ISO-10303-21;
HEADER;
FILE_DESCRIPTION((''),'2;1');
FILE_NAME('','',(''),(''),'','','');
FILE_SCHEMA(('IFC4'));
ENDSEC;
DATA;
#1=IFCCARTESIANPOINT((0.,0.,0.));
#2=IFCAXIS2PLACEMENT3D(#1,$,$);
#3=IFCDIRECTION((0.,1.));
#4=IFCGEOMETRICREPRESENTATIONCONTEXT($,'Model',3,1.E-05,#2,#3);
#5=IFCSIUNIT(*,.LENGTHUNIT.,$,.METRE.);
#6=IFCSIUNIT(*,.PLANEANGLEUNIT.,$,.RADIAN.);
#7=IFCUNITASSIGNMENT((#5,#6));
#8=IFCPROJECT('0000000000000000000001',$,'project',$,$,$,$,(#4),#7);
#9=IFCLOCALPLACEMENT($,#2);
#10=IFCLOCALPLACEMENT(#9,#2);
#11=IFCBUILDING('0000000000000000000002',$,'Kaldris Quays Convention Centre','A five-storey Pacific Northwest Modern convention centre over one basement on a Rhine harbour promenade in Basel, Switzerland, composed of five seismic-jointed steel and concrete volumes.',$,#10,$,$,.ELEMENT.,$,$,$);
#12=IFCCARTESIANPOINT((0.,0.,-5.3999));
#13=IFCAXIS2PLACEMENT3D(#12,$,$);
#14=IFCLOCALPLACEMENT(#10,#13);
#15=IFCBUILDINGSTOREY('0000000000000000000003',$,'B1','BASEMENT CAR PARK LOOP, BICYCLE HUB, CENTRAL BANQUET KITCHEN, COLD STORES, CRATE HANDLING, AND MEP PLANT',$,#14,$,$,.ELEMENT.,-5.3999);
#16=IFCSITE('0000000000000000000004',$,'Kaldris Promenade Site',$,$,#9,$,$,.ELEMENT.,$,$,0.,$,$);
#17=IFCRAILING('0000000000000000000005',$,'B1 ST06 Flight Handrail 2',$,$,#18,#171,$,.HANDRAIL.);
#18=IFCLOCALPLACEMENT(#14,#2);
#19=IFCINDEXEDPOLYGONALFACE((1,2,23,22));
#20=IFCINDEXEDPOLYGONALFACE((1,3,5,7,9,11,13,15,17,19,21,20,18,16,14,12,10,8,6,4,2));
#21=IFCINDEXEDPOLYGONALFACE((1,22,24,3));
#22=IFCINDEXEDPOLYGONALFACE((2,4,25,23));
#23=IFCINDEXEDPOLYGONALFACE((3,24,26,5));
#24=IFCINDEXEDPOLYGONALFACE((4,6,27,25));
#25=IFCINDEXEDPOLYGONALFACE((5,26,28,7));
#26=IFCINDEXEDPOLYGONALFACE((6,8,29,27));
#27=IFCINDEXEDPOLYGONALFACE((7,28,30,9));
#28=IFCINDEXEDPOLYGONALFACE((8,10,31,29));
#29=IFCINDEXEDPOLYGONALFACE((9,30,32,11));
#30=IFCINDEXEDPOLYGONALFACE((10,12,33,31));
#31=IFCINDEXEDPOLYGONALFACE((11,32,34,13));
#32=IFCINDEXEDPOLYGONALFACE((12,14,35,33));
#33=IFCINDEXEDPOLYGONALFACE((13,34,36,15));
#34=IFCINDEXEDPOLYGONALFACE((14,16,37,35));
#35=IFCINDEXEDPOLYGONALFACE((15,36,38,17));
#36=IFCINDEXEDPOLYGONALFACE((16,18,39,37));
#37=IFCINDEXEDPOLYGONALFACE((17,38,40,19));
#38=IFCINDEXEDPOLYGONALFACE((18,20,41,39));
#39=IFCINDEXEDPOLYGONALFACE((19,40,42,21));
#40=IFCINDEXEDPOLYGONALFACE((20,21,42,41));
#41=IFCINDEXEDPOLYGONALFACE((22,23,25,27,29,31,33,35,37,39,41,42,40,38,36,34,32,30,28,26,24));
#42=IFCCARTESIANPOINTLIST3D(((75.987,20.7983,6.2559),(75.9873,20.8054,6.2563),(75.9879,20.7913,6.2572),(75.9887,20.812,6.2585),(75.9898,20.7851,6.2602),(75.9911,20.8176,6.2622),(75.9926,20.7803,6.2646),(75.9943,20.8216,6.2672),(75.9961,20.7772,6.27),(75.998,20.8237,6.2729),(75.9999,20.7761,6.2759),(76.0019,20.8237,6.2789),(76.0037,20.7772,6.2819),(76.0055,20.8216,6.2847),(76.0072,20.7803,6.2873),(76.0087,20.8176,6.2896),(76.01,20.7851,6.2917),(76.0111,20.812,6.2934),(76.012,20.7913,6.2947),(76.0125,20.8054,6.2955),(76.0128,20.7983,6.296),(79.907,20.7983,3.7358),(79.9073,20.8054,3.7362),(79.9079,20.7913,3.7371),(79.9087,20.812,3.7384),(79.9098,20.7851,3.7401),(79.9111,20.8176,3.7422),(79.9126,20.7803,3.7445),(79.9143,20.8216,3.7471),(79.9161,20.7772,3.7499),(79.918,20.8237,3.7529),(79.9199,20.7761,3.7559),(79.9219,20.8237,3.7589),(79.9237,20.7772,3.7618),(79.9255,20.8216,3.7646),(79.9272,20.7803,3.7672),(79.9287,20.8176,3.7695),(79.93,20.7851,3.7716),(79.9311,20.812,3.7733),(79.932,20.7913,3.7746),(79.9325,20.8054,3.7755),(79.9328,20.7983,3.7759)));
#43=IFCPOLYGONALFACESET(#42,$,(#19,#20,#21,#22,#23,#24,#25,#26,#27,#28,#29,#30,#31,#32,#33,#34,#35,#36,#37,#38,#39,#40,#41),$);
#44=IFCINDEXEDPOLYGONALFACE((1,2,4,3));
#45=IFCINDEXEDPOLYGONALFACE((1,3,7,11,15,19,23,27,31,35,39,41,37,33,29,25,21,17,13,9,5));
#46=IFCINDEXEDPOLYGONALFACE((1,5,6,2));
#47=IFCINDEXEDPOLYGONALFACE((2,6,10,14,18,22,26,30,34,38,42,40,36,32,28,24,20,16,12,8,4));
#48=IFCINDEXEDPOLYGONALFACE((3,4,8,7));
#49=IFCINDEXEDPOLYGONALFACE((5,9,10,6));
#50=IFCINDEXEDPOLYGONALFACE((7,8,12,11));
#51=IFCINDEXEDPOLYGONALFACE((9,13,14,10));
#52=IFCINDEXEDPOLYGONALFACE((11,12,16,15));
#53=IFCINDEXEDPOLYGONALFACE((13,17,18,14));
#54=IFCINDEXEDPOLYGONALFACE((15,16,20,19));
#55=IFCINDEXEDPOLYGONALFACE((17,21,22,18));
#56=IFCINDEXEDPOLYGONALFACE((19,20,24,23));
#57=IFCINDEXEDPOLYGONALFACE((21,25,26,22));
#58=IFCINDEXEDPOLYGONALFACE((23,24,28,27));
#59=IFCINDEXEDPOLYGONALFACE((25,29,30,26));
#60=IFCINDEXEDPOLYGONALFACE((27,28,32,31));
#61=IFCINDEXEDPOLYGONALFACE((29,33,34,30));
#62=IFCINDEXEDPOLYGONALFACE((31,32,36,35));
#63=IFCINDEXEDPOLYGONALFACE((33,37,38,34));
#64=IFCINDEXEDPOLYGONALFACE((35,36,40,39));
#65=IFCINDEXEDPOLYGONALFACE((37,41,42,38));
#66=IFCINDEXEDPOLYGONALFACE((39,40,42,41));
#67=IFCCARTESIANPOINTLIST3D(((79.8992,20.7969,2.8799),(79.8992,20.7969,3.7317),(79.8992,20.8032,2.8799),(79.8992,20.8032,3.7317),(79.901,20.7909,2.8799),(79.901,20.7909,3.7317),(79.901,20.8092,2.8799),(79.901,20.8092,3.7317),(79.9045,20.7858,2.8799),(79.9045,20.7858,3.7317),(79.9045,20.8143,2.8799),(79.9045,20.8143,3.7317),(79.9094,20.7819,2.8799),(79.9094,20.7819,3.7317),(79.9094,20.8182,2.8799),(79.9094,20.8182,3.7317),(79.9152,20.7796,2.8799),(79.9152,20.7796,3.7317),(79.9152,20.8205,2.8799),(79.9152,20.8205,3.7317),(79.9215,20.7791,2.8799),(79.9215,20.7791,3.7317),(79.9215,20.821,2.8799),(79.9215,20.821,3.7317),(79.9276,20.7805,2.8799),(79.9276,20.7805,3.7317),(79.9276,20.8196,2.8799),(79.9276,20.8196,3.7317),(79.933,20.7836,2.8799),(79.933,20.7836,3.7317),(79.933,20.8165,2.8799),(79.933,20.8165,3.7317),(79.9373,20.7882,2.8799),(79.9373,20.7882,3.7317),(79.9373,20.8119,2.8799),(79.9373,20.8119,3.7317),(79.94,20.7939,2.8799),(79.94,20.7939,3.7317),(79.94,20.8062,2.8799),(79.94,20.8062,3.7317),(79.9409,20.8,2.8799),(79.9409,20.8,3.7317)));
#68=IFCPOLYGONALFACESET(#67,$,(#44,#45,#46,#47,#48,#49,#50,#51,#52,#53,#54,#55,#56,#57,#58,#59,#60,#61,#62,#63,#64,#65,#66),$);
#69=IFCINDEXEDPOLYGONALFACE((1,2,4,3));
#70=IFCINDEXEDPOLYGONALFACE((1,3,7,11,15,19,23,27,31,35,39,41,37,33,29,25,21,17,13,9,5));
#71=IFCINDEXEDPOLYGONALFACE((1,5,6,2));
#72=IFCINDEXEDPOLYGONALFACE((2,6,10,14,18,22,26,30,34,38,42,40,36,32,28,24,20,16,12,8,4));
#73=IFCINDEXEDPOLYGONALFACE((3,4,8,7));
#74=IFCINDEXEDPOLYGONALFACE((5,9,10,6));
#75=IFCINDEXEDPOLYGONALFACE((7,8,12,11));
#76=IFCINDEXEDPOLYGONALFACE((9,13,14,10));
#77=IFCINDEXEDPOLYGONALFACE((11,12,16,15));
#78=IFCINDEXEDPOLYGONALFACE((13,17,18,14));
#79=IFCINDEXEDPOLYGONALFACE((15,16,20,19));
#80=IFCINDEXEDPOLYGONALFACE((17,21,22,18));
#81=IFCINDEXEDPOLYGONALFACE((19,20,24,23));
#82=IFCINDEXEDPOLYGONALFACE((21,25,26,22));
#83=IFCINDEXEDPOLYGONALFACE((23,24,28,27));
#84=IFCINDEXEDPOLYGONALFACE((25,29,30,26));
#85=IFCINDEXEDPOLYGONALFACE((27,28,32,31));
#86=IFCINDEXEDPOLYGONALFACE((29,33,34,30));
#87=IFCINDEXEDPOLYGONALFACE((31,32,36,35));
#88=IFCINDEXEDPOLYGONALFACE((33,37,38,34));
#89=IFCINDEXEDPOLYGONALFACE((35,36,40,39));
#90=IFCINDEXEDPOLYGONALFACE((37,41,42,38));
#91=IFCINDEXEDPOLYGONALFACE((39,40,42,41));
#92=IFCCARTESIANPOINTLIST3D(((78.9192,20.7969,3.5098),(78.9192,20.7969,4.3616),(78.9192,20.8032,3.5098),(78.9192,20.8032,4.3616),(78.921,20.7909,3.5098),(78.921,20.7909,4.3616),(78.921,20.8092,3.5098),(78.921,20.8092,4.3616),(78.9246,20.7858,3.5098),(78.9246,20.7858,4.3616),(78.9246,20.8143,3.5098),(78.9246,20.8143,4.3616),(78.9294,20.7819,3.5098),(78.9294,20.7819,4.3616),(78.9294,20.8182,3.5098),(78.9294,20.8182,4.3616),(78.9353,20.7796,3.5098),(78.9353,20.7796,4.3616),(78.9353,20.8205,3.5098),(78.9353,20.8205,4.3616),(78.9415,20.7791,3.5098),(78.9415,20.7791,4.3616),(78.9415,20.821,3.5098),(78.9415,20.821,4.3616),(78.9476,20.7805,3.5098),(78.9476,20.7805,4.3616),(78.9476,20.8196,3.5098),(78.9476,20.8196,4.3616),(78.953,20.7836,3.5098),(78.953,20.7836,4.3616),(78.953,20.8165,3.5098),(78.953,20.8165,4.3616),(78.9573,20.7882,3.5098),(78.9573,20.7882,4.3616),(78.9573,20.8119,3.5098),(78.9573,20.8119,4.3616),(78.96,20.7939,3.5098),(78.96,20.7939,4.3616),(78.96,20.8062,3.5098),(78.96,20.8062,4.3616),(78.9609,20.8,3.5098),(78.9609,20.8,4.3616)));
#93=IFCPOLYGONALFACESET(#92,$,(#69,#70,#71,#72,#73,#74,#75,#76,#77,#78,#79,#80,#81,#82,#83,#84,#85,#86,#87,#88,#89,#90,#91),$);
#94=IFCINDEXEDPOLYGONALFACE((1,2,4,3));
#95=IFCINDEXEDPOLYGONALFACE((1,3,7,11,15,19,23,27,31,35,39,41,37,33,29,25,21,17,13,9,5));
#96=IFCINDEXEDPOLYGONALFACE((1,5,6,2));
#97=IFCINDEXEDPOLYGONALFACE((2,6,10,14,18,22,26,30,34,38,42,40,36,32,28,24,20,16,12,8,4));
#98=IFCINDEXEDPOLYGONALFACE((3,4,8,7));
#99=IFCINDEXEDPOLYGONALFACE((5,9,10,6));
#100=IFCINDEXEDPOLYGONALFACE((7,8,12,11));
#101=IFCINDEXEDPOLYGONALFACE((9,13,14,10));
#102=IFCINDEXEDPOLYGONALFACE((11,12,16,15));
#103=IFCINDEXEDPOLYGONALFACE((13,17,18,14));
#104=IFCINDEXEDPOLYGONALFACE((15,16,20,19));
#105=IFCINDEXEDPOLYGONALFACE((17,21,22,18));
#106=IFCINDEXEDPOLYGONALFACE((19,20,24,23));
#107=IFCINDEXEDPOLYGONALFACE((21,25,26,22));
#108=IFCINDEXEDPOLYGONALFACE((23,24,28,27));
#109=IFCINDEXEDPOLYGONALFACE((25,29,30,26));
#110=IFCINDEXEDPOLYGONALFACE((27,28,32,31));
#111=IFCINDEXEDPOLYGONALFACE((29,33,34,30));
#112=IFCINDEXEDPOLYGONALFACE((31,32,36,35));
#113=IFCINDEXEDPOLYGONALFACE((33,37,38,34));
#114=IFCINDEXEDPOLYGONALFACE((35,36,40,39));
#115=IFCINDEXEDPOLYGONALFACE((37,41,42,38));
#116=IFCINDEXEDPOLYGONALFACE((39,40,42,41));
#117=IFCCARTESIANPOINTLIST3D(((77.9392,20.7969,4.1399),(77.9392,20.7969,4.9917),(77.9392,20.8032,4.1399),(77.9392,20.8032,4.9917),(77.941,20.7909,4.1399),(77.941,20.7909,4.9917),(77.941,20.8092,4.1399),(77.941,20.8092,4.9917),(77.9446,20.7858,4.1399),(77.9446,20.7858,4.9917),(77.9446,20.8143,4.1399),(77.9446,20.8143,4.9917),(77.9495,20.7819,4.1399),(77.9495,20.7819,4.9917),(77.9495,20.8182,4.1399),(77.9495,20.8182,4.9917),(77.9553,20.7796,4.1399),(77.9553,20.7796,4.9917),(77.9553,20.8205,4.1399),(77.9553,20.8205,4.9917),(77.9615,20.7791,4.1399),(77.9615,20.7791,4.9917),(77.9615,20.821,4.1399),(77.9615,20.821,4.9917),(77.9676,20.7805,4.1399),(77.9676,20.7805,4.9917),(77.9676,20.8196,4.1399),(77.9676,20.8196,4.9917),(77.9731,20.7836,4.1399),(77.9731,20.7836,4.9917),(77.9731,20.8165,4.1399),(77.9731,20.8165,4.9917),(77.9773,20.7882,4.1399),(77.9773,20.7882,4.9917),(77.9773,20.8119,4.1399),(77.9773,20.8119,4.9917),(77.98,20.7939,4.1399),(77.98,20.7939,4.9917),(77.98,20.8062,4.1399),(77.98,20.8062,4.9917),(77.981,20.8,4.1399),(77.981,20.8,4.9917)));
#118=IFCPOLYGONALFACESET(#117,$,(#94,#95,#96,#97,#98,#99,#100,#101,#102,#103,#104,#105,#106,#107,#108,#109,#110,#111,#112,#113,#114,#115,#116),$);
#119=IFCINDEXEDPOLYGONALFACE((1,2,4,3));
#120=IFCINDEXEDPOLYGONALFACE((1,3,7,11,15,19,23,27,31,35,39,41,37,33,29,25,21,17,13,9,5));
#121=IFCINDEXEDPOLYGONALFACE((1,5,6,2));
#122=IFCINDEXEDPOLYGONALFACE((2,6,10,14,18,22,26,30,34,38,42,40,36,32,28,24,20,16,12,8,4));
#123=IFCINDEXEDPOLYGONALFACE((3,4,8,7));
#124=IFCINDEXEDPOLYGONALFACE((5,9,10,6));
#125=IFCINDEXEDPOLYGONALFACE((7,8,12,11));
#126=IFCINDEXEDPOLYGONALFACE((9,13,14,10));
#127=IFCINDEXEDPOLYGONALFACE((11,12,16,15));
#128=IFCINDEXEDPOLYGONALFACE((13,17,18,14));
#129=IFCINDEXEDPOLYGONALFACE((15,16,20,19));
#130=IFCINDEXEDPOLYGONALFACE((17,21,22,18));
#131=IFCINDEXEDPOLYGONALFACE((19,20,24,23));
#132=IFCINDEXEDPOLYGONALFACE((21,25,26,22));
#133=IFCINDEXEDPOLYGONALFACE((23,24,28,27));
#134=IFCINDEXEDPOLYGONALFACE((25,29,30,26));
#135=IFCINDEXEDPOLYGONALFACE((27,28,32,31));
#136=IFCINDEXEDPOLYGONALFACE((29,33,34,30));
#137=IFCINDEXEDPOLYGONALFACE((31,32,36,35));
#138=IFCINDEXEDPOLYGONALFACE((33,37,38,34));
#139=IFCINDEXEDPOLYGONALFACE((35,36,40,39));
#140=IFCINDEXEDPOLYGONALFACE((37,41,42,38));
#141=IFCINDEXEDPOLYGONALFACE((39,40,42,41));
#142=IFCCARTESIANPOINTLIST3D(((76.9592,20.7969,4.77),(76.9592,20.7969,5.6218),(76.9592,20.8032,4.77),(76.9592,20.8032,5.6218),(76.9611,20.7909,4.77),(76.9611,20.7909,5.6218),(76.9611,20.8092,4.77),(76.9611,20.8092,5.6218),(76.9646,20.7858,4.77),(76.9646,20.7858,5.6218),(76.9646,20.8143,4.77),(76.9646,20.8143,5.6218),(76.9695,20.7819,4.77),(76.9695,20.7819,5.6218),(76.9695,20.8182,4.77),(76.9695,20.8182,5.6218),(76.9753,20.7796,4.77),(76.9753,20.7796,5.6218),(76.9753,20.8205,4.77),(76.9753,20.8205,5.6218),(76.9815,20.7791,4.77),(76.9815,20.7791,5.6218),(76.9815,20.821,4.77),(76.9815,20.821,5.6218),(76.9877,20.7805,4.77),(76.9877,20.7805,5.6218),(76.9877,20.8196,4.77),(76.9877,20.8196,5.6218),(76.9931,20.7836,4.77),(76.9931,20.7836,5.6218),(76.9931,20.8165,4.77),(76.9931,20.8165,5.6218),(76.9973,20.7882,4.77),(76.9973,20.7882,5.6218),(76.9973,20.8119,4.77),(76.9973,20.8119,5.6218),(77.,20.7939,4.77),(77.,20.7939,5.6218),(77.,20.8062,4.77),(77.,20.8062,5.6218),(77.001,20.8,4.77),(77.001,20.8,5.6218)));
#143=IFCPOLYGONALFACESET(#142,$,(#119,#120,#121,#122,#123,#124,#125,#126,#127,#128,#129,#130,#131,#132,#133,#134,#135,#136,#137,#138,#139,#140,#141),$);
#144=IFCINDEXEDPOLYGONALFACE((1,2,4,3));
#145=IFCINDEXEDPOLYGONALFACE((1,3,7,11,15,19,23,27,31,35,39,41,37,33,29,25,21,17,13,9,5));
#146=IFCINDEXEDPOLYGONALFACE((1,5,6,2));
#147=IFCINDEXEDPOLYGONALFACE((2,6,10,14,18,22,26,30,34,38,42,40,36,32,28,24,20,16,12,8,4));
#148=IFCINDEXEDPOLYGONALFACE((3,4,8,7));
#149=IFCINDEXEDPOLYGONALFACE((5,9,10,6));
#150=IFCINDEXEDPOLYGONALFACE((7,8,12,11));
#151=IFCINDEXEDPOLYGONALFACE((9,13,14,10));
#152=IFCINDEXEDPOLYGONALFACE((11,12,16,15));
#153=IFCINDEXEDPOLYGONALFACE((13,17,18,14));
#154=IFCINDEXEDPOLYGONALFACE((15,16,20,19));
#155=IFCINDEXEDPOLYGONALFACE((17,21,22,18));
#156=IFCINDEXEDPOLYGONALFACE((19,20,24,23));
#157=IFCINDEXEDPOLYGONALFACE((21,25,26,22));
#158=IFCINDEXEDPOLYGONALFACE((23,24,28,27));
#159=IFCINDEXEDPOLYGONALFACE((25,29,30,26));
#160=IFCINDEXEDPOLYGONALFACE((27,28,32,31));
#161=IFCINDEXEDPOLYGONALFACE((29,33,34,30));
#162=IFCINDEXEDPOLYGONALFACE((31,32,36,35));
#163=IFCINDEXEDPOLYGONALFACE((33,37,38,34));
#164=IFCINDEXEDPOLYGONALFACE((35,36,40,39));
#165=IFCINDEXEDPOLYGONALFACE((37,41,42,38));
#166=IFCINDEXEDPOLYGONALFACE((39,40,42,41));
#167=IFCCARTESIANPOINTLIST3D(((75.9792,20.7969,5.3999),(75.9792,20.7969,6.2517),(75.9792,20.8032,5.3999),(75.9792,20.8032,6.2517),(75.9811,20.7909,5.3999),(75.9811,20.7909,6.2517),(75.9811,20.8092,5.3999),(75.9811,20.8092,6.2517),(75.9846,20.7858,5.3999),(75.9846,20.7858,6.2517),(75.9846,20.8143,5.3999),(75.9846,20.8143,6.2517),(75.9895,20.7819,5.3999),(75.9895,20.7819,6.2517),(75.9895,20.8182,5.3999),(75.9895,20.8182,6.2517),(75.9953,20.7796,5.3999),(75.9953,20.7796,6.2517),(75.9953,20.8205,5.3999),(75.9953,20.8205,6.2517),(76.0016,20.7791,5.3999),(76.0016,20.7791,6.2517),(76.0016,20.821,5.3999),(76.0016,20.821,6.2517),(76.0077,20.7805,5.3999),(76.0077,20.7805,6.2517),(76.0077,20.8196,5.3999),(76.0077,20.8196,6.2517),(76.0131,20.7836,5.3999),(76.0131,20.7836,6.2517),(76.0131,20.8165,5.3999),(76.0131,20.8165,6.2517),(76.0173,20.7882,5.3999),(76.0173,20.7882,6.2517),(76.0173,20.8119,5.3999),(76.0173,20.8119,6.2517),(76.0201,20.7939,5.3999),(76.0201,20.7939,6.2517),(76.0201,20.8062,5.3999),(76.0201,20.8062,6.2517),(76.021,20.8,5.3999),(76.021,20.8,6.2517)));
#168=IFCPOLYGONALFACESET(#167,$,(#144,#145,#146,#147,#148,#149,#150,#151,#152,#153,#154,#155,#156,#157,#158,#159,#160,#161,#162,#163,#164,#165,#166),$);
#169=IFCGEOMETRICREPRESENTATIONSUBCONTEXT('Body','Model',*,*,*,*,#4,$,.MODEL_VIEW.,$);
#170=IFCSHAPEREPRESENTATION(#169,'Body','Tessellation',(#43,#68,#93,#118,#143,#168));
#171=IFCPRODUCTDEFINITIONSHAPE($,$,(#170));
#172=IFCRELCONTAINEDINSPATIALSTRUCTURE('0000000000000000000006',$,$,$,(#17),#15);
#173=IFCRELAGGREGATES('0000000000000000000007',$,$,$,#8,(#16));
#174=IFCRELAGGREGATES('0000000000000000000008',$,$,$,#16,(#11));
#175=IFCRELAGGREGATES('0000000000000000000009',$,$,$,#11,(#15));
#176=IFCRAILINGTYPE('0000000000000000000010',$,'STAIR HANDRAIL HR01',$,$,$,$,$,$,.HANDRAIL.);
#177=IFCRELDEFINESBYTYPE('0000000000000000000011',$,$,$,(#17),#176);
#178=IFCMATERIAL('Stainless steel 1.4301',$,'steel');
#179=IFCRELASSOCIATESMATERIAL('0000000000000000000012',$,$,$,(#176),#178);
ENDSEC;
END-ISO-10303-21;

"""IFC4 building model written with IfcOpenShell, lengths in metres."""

from ifc_helpers import new_model, si_unit, direction, frame, origin, origin_2d, place, context, subcontext, project, spatial, circle, extrude, material, type_object, element, save


model = new_model("IFC4")

# Units and contexts
model_context = context("Model", 3, precision=1e-05, world=origin(), true_north=direction((0.0, 1.0)))
body_context = subcontext(model_context, "Body", "Model", "MODEL_VIEW")
ifc_project = project(units=[si_unit("LENGTHUNIT", "METRE"), si_unit("PLANEANGLEUNIT", "RADIAN")], contexts=[model_context])

# Site, building, storey
site_placement = place(None, origin())
site = spatial("IfcSite", under=ifc_project, at=site_placement, Name="Kaldris Promenade Site", CompositionType="ELEMENT", RefElevation=0.0)
building_placement = place(site_placement, origin())
building = spatial("IfcBuilding", under=site, at=building_placement, Name="Kaldris Quays Convention Centre", Description="A five-storey Pacific Northwest Modern convention centre over one basement on a Rhine harbour promenade in Basel, Switzerland, composed of five seismic-jointed steel and concrete volumes.", CompositionType="ELEMENT")
storey_placement = place(building_placement, frame((0.0, 0.0, -5.3999)))
storey = spatial("IfcBuildingStorey", under=building, at=storey_placement, Name="B1", Description="BASEMENT CAR PARK LOOP, BICYCLE HUB, CENTRAL BANQUET KITCHEN, COLD STORES, CRATE HANDLING, AND MEP PLANT", CompositionType="ELEMENT", Elevation=-5.3999)

# Railing
ifc_material_1 = material(Name="Stainless steel 1.4301", Category="steel")
railing_type_1 = type_object("IfcRailingType", Name="STAIR HANDRAIL HR01", PredefinedType="HANDRAIL", material=ifc_material_1)
railing_1_placement = place(storey_placement, frame((79.9199, 20.8, 2.8799)))
element("IfcRailing", 1, at=railing_1_placement, inside=storey, type_object=railing_type_1, Name="B1 ST06 Flight Handrail 2", PredefinedType="HANDRAIL", context=body_context, shape_type="SweptSolid", body=[
    extrude(circle(Radius=0.0239, at=origin_2d()), frame((0.0, 0.0, 0.876), z_axis=(-0.841172, 0.0, 0.540768), x_axis=(0.0, -1.0, 0.0)), (0.0, 0.0, 1.0), 4.6602),
    extrude(circle(Radius=0.021, at=origin_2d()), origin(), (0.0, 0.0, 1.0), 0.8518),
    extrude(circle(Radius=0.021, at=origin_2d()), frame((-0.98, 0.0, 0.6299)), (0.0, 0.0, 1.0), 0.8518),
    extrude(circle(Radius=0.021, at=origin_2d()), frame((-1.96, 0.0, 1.26)), (0.0, 0.0, 1.0), 0.8518),
    extrude(circle(Radius=0.021, at=origin_2d()), frame((-2.9399, 0.0, 1.8901)), (0.0, 0.0, 1.0), 0.8518),
    extrude(circle(Radius=0.021, at=origin_2d()), frame((-3.9199, 0.0, 2.52)), (0.0, 0.0, 1.0), 0.8518),
])

save(model, "model.ifc")
